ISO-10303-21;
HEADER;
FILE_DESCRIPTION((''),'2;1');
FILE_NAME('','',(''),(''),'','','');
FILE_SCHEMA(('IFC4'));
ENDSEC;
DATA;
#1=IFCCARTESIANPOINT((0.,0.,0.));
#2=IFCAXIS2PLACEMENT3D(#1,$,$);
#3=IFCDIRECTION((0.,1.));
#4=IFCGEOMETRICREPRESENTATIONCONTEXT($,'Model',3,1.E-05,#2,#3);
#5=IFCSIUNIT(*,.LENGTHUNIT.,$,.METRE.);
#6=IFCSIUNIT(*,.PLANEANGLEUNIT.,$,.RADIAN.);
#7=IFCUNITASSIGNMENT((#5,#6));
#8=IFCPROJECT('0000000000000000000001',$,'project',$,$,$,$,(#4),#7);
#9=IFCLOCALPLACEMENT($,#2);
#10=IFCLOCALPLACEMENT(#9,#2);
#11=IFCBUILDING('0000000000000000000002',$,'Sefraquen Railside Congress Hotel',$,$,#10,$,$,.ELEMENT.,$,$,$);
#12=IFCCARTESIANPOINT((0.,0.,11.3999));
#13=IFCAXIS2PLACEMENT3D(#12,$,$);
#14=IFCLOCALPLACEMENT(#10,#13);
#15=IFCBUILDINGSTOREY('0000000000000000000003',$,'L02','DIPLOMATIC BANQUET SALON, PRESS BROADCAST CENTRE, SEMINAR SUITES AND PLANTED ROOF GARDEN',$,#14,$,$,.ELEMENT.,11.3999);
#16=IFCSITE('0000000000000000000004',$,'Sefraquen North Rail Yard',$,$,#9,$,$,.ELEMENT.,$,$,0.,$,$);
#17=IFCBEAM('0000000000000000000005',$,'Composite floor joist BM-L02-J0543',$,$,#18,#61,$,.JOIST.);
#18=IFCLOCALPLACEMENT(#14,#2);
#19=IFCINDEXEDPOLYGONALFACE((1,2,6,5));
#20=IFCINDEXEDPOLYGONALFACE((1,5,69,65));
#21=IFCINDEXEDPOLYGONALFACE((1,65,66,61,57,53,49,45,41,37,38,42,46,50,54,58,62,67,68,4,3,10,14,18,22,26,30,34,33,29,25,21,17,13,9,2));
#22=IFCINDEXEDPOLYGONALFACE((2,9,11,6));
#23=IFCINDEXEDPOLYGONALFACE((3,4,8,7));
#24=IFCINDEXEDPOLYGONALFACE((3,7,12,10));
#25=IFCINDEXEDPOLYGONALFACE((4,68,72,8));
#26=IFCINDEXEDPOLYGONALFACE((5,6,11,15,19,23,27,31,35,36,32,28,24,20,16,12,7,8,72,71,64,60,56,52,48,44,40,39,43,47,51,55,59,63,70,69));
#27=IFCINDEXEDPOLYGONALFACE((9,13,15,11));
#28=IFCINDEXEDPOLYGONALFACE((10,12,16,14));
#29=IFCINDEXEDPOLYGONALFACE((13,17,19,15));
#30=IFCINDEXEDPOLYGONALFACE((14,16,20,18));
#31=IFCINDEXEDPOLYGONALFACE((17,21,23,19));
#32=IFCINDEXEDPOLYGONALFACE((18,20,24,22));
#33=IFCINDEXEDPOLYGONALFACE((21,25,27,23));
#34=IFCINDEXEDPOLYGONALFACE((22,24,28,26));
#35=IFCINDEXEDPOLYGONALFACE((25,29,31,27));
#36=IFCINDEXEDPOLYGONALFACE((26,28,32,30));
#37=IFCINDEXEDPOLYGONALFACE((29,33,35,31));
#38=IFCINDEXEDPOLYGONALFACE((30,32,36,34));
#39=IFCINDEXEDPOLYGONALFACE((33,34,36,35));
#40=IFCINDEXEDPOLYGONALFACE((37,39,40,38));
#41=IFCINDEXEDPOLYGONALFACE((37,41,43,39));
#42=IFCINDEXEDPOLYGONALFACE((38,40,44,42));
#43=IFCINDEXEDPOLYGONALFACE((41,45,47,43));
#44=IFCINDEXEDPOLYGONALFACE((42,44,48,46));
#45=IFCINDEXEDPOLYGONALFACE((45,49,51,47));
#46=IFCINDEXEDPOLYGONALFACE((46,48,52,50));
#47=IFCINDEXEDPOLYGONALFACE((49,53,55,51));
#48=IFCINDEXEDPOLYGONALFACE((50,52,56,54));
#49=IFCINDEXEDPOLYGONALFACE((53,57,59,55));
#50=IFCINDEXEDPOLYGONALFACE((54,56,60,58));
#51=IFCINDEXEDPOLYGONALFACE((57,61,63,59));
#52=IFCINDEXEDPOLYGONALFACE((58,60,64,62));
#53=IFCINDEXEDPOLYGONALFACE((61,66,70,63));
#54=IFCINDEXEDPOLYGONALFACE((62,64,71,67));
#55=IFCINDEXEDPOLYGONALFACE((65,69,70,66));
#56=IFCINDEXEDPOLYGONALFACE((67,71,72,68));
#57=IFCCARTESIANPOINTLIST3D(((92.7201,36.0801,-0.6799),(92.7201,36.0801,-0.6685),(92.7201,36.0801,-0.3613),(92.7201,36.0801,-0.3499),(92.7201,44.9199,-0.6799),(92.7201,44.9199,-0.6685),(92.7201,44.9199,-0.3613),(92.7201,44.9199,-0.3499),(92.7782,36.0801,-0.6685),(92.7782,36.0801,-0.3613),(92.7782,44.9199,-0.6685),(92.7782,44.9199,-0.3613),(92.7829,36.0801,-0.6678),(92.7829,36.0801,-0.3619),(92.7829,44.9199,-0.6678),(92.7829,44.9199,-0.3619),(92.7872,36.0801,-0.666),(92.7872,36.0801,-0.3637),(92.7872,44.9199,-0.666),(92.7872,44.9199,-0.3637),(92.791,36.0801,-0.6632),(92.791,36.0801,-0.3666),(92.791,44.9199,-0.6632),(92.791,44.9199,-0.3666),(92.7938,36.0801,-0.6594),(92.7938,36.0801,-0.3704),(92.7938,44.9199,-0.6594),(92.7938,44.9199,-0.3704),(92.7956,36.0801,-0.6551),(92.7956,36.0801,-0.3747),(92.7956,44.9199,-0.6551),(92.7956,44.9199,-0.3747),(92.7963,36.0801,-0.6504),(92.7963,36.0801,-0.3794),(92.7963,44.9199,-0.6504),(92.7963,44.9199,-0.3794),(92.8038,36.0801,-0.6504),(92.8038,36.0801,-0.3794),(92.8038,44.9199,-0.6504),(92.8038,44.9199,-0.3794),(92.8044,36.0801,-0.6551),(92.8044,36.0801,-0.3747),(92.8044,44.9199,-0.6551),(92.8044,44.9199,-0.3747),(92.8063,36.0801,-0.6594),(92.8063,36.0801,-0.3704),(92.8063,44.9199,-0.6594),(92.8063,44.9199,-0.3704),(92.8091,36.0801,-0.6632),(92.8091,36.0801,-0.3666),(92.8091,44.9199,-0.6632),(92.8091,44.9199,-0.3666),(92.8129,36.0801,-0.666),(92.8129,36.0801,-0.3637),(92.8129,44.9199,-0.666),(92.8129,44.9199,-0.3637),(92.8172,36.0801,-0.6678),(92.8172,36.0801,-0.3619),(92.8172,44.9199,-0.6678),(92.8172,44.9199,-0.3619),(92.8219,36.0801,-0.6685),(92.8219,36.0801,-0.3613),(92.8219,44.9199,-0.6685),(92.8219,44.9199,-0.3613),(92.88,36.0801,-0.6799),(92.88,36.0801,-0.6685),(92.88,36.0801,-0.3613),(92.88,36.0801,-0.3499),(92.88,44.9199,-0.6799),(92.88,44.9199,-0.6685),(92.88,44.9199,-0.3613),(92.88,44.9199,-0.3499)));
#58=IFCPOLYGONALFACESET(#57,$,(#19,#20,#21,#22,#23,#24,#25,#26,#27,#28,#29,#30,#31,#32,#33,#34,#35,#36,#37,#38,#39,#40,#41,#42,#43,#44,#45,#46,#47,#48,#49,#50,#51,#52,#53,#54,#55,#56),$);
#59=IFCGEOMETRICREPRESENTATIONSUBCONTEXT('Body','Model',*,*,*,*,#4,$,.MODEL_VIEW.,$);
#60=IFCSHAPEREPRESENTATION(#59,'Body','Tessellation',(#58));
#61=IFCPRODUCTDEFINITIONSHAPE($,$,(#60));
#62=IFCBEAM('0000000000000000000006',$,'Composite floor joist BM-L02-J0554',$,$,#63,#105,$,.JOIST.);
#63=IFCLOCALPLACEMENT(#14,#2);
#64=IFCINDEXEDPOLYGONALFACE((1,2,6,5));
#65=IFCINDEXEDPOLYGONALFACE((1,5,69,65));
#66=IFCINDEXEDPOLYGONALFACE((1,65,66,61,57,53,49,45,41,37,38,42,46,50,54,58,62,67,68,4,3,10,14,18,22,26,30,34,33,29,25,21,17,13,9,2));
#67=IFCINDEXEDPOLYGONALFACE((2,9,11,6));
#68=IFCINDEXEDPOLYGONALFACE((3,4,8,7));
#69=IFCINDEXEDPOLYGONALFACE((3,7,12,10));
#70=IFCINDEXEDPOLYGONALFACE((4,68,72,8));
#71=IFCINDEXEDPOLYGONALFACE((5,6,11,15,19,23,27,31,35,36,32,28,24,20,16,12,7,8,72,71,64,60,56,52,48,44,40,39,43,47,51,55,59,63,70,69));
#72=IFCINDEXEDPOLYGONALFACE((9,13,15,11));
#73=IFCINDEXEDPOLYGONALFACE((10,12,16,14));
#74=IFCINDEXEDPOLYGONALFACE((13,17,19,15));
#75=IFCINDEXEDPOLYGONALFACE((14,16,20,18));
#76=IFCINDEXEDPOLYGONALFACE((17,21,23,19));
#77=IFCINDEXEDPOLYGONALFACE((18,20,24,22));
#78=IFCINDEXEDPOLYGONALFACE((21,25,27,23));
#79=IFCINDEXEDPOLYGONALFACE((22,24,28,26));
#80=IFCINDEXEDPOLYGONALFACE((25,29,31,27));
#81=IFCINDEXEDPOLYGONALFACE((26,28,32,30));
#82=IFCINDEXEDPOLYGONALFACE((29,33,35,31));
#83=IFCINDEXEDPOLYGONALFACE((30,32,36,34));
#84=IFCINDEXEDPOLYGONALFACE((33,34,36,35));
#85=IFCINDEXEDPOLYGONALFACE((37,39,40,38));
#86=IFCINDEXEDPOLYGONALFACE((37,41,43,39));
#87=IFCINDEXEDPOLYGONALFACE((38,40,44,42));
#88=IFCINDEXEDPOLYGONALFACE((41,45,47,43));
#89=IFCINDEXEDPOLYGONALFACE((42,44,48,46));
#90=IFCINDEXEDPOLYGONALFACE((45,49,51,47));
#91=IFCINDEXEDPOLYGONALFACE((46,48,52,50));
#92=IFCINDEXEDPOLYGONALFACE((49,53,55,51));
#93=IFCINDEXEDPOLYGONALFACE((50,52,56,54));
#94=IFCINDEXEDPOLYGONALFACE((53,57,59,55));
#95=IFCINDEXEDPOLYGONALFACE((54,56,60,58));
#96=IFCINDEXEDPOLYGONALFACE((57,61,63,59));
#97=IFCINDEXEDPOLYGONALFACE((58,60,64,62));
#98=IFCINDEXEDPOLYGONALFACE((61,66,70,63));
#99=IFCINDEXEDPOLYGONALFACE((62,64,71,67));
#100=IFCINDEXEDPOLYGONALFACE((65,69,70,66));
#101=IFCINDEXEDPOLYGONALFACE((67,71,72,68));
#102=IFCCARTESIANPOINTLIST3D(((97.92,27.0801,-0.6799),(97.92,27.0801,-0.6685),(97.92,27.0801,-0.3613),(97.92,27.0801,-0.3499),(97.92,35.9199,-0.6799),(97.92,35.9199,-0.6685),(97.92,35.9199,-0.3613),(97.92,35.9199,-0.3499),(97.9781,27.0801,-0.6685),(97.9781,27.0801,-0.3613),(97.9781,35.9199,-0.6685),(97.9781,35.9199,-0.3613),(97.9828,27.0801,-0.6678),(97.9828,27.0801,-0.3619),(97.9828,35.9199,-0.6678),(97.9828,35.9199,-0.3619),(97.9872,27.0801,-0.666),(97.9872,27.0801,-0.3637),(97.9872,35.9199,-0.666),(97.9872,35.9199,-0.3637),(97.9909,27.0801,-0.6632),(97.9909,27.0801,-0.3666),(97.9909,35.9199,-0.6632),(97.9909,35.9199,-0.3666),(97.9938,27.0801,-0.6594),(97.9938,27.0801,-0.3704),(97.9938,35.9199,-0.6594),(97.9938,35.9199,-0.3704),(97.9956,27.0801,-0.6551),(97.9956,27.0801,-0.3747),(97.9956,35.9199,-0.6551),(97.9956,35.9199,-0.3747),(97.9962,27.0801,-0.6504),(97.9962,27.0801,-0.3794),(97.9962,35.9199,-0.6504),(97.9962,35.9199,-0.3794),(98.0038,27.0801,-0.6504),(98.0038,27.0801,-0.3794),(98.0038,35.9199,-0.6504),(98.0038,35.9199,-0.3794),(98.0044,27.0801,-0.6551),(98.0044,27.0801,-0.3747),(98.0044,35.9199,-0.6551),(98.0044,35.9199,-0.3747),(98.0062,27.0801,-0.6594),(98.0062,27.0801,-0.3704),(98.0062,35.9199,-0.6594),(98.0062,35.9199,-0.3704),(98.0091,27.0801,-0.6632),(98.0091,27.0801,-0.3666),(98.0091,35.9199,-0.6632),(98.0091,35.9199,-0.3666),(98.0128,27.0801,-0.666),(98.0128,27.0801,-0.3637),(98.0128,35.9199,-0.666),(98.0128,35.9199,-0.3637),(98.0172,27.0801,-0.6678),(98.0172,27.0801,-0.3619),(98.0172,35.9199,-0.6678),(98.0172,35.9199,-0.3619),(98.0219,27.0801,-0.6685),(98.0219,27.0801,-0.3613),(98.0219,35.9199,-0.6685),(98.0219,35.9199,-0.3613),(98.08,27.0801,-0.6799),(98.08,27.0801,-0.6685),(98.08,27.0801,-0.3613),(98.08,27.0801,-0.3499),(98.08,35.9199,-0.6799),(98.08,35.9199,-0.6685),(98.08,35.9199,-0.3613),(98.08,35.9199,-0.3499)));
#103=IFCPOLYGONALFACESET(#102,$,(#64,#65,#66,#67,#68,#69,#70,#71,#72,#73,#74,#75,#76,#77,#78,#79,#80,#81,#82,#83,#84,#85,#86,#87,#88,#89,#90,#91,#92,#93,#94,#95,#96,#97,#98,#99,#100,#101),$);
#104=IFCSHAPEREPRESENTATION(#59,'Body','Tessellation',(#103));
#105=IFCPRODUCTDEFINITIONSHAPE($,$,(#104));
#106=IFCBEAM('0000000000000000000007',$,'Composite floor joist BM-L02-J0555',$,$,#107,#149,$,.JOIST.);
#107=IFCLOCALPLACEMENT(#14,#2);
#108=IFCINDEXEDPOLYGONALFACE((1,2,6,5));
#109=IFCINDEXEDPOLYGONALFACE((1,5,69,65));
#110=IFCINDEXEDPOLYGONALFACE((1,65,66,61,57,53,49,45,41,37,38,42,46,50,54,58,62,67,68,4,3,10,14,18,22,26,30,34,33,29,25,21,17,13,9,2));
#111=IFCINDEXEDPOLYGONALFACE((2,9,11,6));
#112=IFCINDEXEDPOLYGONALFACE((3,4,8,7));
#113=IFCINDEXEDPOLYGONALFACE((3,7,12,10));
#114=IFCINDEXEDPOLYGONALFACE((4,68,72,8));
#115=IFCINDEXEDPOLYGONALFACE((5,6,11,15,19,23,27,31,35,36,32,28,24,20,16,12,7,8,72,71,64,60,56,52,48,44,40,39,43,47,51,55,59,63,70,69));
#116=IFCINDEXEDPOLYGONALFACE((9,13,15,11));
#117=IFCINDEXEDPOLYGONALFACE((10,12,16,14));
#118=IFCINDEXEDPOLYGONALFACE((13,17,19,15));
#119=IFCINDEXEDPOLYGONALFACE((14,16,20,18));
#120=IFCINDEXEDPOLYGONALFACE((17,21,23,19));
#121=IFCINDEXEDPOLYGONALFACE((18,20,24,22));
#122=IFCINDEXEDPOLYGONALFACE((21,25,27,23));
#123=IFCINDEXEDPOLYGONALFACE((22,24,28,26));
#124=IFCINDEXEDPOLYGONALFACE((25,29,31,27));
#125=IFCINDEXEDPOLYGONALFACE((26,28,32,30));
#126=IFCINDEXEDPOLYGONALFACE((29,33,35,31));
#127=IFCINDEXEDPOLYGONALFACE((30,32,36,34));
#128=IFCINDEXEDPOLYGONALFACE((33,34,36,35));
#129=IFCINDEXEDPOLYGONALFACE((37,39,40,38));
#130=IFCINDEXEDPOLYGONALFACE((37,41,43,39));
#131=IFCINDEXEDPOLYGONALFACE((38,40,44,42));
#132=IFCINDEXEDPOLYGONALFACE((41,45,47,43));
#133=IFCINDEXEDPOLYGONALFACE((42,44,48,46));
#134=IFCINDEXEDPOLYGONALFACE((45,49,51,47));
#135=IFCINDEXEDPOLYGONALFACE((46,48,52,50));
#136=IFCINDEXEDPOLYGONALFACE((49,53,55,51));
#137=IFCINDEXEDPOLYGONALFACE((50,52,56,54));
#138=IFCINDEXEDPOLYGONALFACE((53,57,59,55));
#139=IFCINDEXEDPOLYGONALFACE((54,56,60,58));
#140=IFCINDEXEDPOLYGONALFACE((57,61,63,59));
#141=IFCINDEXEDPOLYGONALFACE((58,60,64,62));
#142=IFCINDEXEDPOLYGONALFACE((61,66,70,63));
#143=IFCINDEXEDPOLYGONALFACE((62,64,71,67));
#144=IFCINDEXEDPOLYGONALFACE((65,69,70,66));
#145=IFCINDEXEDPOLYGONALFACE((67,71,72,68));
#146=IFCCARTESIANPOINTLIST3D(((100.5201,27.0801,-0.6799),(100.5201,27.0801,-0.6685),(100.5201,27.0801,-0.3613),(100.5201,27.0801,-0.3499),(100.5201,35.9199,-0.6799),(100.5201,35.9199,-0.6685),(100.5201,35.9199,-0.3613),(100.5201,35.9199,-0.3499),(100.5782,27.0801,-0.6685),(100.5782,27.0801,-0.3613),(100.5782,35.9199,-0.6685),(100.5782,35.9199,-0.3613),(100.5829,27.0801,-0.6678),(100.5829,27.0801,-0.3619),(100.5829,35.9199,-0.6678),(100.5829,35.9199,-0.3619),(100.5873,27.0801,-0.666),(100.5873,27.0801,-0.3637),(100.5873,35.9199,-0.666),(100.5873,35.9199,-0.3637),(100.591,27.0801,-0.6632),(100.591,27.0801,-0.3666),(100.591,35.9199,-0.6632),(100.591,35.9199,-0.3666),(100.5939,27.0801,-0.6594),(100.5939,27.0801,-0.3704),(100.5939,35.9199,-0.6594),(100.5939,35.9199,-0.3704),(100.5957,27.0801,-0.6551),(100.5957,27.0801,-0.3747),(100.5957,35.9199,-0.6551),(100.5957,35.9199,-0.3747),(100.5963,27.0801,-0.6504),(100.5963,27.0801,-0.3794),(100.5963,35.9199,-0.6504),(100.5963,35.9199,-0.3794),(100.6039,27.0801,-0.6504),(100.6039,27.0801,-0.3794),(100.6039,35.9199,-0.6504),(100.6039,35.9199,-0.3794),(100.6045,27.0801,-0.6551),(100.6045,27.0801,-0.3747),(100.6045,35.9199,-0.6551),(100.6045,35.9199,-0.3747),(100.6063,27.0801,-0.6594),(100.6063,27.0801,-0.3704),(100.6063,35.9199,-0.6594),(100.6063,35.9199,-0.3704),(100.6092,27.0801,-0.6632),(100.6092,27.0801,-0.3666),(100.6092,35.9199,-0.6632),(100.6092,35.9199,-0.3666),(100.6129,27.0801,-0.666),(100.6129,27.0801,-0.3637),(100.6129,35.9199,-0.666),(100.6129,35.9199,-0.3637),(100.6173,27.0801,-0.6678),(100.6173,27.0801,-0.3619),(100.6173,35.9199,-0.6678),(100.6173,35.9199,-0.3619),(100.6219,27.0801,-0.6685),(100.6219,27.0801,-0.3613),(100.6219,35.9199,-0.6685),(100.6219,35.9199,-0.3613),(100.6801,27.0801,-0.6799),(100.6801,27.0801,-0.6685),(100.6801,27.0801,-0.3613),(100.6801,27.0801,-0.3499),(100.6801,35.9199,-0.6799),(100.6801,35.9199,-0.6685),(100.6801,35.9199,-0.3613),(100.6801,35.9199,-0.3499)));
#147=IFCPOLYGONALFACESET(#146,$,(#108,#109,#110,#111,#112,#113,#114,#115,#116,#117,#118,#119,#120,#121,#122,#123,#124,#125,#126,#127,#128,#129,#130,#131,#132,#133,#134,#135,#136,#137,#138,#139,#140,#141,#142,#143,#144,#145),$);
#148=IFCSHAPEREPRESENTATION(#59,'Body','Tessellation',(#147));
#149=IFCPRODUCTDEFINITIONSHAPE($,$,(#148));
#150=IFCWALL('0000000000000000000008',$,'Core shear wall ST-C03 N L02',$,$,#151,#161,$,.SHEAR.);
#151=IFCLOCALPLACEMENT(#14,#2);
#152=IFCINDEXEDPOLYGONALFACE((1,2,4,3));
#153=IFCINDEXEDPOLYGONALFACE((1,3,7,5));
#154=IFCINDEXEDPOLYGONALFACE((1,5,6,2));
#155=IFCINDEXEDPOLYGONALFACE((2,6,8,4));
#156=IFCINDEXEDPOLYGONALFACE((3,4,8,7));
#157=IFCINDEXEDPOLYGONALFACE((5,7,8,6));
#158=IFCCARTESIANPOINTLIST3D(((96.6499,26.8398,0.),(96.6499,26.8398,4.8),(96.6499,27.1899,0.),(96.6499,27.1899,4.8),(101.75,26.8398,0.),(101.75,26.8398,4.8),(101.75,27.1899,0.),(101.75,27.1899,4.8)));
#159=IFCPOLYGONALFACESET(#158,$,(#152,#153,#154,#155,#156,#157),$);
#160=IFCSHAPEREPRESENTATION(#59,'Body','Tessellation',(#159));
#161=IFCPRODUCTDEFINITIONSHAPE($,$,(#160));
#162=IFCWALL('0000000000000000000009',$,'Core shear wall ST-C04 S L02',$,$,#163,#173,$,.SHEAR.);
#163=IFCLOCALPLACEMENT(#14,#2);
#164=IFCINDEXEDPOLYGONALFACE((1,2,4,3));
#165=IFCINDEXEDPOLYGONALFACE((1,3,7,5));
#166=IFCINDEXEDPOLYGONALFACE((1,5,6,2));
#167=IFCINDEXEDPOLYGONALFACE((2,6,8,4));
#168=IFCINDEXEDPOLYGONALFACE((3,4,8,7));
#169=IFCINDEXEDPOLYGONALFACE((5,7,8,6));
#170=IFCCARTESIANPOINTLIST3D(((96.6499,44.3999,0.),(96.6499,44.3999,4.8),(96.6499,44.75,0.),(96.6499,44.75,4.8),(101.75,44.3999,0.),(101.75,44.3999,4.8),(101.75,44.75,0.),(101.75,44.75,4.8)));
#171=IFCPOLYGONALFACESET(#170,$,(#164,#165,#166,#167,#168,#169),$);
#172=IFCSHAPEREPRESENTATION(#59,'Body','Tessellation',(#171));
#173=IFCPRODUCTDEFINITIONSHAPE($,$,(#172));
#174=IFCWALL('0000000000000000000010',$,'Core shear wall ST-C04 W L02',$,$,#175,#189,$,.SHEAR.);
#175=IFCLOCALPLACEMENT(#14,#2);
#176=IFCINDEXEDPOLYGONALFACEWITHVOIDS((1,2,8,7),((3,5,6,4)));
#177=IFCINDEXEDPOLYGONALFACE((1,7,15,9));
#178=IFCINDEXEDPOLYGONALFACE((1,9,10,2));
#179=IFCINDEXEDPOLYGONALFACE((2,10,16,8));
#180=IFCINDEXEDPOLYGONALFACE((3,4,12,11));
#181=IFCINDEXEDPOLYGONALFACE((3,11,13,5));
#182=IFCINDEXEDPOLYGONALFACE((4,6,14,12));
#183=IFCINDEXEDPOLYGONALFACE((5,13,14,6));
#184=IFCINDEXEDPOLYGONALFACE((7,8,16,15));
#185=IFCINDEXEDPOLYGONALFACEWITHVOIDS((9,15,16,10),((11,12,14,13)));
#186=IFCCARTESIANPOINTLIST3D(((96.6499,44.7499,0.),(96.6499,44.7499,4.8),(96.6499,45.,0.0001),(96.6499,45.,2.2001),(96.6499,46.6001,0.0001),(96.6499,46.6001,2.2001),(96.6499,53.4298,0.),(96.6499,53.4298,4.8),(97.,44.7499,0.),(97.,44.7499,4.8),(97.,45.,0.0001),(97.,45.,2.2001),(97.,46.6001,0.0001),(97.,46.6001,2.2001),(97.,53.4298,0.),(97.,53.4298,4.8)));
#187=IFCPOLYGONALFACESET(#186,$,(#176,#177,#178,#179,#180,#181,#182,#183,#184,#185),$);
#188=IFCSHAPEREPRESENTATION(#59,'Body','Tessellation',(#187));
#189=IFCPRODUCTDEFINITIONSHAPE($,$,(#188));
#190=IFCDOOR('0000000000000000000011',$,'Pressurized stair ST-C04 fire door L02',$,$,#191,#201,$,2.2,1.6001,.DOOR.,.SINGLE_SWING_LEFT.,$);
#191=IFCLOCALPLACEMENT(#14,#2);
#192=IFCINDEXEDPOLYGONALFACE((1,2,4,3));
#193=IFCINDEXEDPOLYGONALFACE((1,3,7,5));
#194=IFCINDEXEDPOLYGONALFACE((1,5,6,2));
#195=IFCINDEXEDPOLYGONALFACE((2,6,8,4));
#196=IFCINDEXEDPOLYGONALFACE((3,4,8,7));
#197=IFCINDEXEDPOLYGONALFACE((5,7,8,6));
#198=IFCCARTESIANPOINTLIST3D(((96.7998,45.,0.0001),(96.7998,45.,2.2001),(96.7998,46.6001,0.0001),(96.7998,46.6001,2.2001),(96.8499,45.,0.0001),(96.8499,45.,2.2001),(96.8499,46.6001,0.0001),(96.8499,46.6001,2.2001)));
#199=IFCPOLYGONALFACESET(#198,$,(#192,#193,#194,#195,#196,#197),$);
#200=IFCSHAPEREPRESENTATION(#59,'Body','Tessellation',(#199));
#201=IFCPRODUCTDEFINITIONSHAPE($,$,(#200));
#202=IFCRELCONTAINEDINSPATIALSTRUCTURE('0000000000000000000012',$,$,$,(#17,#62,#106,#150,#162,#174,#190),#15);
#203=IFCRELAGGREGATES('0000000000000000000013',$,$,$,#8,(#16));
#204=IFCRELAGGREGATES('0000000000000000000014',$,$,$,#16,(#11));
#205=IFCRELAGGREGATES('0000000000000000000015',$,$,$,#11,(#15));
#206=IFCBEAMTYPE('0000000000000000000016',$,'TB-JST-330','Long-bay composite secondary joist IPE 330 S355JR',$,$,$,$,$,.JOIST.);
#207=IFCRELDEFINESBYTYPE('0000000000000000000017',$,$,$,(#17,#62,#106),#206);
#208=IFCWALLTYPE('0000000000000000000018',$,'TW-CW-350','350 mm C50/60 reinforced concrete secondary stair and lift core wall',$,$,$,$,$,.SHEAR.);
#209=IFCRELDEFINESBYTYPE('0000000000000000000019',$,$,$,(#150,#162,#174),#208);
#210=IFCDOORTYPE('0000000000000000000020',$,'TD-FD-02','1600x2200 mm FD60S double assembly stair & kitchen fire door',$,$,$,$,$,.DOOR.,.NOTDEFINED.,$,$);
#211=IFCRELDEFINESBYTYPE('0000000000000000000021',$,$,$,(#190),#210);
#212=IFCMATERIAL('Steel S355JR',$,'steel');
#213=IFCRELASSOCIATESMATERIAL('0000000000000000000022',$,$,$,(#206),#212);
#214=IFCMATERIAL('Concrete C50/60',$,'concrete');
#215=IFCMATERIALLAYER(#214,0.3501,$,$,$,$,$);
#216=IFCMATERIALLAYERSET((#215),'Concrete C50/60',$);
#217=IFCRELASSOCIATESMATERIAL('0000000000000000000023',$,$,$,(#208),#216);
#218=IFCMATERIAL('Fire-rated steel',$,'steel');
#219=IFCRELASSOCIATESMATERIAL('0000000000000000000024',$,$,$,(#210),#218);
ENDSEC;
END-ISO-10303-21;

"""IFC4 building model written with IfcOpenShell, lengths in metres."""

from ifc_helpers import new_model, si_unit, direction, frame, frame_2d, origin, origin_2d, place, context, subcontext, project, spatial, rectangle, i_section, extrude, material, layer, layer_set, material_profile, profile_set, type_object, element, fill, save


model = new_model("IFC4")

# Units and contexts
model_context = context("Model", 3, precision=1e-05, world=origin(), true_north=direction((0.0, 1.0)))
body_context = subcontext(model_context, "Body", "Model", "MODEL_VIEW")
ifc_project = project(units=[si_unit("LENGTHUNIT", "METRE"), si_unit("PLANEANGLEUNIT", "RADIAN")], contexts=[model_context])

# Site, building, storey
site_placement = place(None, origin())
site = spatial("IfcSite", under=ifc_project, at=site_placement, Name="Sefraquen North Rail Yard", CompositionType="ELEMENT", RefElevation=0.0)
building_placement = place(site_placement, origin())
building = spatial("IfcBuilding", under=site, at=building_placement, Name="Sefraquen Railside Congress Hotel", CompositionType="ELEMENT")
storey_placement = place(building_placement, frame((0.0, 0.0, 11.3999)))
storey = spatial("IfcBuildingStorey", under=building, at=storey_placement, Name="L02", Description="DIPLOMATIC BANQUET SALON, PRESS BROADCAST CENTRE, SEMINAR SUITES AND PLANTED ROOF GARDEN", CompositionType="ELEMENT", Elevation=11.3999)

# Shared definitions
ifc_material_1 = material(Name="Steel S355JR", Category="steel")

# Beams
ifc_material_profile_1 = material_profile(ifc_material_1, i_section(OverallWidth=0.1599, OverallDepth=0.3301, WebThickness=0.0076, FlangeThickness=0.0115, FilletRadius=0.0181, at=origin_2d()), Name="IPE 330")
ifc_profile_set_1 = profile_set([ifc_material_profile_1], Name="Steel S355JR")
beam_type_1 = type_object("IfcBeamType", Name="TB-JST-330", Description="Long-bay composite secondary joist IPE 330 S355JR", PredefinedType="JOIST", material=ifc_profile_set_1)
for number, where, z_axis, x_axis, name in (
    (1, (92.8, 36.0801, -0.5149), (0.0, 1.0, 0.0), (-1.0, 0.0, 0.0), "Composite floor joist BM-L02-J0543"),
    (2, (98.0, 27.0801, -0.5149), (0.0, 1.0, 0.0), (-1.0, 0.0, 0.0), "Composite floor joist BM-L02-J0554"),
    (3, (100.6001, 27.0801, -0.5149), (0.0, 1.0, 0.0), (-1.0, 0.0, 0.0), "Composite floor joist BM-L02-J0555"),
):
    element("IfcBeam", number, at=place(storey_placement, frame(where, z_axis=z_axis, x_axis=x_axis)), inside=storey, type_object=beam_type_1, Name=name, PredefinedType="JOIST", context=body_context, shape_type="SweptSolid", body=[
        extrude(i_section(OverallWidth=0.1599, OverallDepth=0.3301, WebThickness=0.0076, FlangeThickness=0.0115, FilletRadius=0.0181, at=origin_2d()), origin(), (0.0, 0.0, 1.0), 8.8398),
    ])

# Walls
ifc_material_2 = material(Name="Concrete C50/60", Category="concrete")
ifc_layer = layer(ifc_material_2, 0.3501)
ifc_layer_set = layer_set([ifc_layer], Name="Concrete C50/60")
wall_type = type_object("IfcWallType", Name="TW-CW-350", Description="350 mm C50/60 reinforced concrete secondary stair and lift core wall", PredefinedType="SHEAR", material=ifc_layer_set)
for number, where, z_axis, x_axis, name in (
    (4, (96.6499, 27.0149, 0.0), (0.0, 0.0, 1.0), (1.0, 0.0, 0.0), "Core shear wall ST-C03 N L02"),
    (5, (96.6499, 44.575, 0.0), (0.0, 0.0, 1.0), (1.0, 0.0, 0.0), "Core shear wall ST-C04 S L02"),
):
    element("IfcWall", number, at=place(storey_placement, frame(where, z_axis=z_axis, x_axis=x_axis)), inside=storey, type_object=wall_type, Name=name, PredefinedType="SHEAR", context=body_context, shape_type="SweptSolid", body=[
        extrude(rectangle(XDim=5.1001, YDim=0.3501, at=frame_2d((2.55, 0.0))), origin(), (0.0, 0.0, 1.0), 4.8),
    ])

# Wall, opening, door
wall_1_placement = place(storey_placement, frame((96.825, 44.75, 0.0), z_axis=(0.0, 0.0, 1.0), x_axis=(0.0, 1.0, 0.0)))
wall_1 = element("IfcWall", 6, at=wall_1_placement, inside=storey, type_object=wall_type, Name="Core shear wall ST-C04 W L02", PredefinedType="SHEAR", context=body_context, shape_type="SweptSolid", body=[
    extrude(rectangle(XDim=8.6799, YDim=0.3501, at=frame_2d((4.3398, 0.0))), origin(), (0.0, 0.0, 1.0), 4.8),
])
opening_placement = place(wall_1_placement, frame((0.25, 0.0, 0.0)))
opening = element("IfcOpeningElement", 7, at=opening_placement, cuts=wall_1, PredefinedType="OPENING", context=body_context, shape_type="SweptSolid", body=[
    extrude(rectangle(XDim=1.6001, YDim=2.2, at=frame_2d((0.8, 1.1001))), frame((0.0, 0.1851, 0.0), z_axis=(0.0, -1.0, 0.0), x_axis=(1.0, 0.0, 0.0)), (0.0, 0.0, 1.0), 0.3701),
])
ifc_material_3 = material(Name="Fire-rated steel", Category="steel")
door_type = type_object("IfcDoorType", Name="TD-FD-02", Description="1600x2200 mm FD60S double assembly stair & kitchen fire door", OperationType="NOTDEFINED", PredefinedType="DOOR", material=ifc_material_3)
door_placement = place(opening_placement, frame((1.6001, 0.0, 0.0), z_axis=(0.0, 0.0, 1.0), x_axis=(-1.0, 0.0, 0.0)))
door = element("IfcDoor", 8, at=door_placement, inside=storey, type_object=door_type, Name="Pressurized stair ST-C04 fire door L02", OperationType="SINGLE_SWING_LEFT", OverallHeight=2.2, OverallWidth=1.6001, PredefinedType="DOOR", context=body_context, shape_type="SweptSolid", body=[
    extrude(rectangle(XDim=1.6001, YDim=2.2, at=frame_2d((0.8, 1.1001))), frame((0.0, 0.0249, 0.0), z_axis=(0.0, -1.0, 0.0), x_axis=(1.0, 0.0, 0.0)), (0.0, 0.0, 1.0), 0.05),
])
fill(opening, door)

save(model, "model.ifc")
